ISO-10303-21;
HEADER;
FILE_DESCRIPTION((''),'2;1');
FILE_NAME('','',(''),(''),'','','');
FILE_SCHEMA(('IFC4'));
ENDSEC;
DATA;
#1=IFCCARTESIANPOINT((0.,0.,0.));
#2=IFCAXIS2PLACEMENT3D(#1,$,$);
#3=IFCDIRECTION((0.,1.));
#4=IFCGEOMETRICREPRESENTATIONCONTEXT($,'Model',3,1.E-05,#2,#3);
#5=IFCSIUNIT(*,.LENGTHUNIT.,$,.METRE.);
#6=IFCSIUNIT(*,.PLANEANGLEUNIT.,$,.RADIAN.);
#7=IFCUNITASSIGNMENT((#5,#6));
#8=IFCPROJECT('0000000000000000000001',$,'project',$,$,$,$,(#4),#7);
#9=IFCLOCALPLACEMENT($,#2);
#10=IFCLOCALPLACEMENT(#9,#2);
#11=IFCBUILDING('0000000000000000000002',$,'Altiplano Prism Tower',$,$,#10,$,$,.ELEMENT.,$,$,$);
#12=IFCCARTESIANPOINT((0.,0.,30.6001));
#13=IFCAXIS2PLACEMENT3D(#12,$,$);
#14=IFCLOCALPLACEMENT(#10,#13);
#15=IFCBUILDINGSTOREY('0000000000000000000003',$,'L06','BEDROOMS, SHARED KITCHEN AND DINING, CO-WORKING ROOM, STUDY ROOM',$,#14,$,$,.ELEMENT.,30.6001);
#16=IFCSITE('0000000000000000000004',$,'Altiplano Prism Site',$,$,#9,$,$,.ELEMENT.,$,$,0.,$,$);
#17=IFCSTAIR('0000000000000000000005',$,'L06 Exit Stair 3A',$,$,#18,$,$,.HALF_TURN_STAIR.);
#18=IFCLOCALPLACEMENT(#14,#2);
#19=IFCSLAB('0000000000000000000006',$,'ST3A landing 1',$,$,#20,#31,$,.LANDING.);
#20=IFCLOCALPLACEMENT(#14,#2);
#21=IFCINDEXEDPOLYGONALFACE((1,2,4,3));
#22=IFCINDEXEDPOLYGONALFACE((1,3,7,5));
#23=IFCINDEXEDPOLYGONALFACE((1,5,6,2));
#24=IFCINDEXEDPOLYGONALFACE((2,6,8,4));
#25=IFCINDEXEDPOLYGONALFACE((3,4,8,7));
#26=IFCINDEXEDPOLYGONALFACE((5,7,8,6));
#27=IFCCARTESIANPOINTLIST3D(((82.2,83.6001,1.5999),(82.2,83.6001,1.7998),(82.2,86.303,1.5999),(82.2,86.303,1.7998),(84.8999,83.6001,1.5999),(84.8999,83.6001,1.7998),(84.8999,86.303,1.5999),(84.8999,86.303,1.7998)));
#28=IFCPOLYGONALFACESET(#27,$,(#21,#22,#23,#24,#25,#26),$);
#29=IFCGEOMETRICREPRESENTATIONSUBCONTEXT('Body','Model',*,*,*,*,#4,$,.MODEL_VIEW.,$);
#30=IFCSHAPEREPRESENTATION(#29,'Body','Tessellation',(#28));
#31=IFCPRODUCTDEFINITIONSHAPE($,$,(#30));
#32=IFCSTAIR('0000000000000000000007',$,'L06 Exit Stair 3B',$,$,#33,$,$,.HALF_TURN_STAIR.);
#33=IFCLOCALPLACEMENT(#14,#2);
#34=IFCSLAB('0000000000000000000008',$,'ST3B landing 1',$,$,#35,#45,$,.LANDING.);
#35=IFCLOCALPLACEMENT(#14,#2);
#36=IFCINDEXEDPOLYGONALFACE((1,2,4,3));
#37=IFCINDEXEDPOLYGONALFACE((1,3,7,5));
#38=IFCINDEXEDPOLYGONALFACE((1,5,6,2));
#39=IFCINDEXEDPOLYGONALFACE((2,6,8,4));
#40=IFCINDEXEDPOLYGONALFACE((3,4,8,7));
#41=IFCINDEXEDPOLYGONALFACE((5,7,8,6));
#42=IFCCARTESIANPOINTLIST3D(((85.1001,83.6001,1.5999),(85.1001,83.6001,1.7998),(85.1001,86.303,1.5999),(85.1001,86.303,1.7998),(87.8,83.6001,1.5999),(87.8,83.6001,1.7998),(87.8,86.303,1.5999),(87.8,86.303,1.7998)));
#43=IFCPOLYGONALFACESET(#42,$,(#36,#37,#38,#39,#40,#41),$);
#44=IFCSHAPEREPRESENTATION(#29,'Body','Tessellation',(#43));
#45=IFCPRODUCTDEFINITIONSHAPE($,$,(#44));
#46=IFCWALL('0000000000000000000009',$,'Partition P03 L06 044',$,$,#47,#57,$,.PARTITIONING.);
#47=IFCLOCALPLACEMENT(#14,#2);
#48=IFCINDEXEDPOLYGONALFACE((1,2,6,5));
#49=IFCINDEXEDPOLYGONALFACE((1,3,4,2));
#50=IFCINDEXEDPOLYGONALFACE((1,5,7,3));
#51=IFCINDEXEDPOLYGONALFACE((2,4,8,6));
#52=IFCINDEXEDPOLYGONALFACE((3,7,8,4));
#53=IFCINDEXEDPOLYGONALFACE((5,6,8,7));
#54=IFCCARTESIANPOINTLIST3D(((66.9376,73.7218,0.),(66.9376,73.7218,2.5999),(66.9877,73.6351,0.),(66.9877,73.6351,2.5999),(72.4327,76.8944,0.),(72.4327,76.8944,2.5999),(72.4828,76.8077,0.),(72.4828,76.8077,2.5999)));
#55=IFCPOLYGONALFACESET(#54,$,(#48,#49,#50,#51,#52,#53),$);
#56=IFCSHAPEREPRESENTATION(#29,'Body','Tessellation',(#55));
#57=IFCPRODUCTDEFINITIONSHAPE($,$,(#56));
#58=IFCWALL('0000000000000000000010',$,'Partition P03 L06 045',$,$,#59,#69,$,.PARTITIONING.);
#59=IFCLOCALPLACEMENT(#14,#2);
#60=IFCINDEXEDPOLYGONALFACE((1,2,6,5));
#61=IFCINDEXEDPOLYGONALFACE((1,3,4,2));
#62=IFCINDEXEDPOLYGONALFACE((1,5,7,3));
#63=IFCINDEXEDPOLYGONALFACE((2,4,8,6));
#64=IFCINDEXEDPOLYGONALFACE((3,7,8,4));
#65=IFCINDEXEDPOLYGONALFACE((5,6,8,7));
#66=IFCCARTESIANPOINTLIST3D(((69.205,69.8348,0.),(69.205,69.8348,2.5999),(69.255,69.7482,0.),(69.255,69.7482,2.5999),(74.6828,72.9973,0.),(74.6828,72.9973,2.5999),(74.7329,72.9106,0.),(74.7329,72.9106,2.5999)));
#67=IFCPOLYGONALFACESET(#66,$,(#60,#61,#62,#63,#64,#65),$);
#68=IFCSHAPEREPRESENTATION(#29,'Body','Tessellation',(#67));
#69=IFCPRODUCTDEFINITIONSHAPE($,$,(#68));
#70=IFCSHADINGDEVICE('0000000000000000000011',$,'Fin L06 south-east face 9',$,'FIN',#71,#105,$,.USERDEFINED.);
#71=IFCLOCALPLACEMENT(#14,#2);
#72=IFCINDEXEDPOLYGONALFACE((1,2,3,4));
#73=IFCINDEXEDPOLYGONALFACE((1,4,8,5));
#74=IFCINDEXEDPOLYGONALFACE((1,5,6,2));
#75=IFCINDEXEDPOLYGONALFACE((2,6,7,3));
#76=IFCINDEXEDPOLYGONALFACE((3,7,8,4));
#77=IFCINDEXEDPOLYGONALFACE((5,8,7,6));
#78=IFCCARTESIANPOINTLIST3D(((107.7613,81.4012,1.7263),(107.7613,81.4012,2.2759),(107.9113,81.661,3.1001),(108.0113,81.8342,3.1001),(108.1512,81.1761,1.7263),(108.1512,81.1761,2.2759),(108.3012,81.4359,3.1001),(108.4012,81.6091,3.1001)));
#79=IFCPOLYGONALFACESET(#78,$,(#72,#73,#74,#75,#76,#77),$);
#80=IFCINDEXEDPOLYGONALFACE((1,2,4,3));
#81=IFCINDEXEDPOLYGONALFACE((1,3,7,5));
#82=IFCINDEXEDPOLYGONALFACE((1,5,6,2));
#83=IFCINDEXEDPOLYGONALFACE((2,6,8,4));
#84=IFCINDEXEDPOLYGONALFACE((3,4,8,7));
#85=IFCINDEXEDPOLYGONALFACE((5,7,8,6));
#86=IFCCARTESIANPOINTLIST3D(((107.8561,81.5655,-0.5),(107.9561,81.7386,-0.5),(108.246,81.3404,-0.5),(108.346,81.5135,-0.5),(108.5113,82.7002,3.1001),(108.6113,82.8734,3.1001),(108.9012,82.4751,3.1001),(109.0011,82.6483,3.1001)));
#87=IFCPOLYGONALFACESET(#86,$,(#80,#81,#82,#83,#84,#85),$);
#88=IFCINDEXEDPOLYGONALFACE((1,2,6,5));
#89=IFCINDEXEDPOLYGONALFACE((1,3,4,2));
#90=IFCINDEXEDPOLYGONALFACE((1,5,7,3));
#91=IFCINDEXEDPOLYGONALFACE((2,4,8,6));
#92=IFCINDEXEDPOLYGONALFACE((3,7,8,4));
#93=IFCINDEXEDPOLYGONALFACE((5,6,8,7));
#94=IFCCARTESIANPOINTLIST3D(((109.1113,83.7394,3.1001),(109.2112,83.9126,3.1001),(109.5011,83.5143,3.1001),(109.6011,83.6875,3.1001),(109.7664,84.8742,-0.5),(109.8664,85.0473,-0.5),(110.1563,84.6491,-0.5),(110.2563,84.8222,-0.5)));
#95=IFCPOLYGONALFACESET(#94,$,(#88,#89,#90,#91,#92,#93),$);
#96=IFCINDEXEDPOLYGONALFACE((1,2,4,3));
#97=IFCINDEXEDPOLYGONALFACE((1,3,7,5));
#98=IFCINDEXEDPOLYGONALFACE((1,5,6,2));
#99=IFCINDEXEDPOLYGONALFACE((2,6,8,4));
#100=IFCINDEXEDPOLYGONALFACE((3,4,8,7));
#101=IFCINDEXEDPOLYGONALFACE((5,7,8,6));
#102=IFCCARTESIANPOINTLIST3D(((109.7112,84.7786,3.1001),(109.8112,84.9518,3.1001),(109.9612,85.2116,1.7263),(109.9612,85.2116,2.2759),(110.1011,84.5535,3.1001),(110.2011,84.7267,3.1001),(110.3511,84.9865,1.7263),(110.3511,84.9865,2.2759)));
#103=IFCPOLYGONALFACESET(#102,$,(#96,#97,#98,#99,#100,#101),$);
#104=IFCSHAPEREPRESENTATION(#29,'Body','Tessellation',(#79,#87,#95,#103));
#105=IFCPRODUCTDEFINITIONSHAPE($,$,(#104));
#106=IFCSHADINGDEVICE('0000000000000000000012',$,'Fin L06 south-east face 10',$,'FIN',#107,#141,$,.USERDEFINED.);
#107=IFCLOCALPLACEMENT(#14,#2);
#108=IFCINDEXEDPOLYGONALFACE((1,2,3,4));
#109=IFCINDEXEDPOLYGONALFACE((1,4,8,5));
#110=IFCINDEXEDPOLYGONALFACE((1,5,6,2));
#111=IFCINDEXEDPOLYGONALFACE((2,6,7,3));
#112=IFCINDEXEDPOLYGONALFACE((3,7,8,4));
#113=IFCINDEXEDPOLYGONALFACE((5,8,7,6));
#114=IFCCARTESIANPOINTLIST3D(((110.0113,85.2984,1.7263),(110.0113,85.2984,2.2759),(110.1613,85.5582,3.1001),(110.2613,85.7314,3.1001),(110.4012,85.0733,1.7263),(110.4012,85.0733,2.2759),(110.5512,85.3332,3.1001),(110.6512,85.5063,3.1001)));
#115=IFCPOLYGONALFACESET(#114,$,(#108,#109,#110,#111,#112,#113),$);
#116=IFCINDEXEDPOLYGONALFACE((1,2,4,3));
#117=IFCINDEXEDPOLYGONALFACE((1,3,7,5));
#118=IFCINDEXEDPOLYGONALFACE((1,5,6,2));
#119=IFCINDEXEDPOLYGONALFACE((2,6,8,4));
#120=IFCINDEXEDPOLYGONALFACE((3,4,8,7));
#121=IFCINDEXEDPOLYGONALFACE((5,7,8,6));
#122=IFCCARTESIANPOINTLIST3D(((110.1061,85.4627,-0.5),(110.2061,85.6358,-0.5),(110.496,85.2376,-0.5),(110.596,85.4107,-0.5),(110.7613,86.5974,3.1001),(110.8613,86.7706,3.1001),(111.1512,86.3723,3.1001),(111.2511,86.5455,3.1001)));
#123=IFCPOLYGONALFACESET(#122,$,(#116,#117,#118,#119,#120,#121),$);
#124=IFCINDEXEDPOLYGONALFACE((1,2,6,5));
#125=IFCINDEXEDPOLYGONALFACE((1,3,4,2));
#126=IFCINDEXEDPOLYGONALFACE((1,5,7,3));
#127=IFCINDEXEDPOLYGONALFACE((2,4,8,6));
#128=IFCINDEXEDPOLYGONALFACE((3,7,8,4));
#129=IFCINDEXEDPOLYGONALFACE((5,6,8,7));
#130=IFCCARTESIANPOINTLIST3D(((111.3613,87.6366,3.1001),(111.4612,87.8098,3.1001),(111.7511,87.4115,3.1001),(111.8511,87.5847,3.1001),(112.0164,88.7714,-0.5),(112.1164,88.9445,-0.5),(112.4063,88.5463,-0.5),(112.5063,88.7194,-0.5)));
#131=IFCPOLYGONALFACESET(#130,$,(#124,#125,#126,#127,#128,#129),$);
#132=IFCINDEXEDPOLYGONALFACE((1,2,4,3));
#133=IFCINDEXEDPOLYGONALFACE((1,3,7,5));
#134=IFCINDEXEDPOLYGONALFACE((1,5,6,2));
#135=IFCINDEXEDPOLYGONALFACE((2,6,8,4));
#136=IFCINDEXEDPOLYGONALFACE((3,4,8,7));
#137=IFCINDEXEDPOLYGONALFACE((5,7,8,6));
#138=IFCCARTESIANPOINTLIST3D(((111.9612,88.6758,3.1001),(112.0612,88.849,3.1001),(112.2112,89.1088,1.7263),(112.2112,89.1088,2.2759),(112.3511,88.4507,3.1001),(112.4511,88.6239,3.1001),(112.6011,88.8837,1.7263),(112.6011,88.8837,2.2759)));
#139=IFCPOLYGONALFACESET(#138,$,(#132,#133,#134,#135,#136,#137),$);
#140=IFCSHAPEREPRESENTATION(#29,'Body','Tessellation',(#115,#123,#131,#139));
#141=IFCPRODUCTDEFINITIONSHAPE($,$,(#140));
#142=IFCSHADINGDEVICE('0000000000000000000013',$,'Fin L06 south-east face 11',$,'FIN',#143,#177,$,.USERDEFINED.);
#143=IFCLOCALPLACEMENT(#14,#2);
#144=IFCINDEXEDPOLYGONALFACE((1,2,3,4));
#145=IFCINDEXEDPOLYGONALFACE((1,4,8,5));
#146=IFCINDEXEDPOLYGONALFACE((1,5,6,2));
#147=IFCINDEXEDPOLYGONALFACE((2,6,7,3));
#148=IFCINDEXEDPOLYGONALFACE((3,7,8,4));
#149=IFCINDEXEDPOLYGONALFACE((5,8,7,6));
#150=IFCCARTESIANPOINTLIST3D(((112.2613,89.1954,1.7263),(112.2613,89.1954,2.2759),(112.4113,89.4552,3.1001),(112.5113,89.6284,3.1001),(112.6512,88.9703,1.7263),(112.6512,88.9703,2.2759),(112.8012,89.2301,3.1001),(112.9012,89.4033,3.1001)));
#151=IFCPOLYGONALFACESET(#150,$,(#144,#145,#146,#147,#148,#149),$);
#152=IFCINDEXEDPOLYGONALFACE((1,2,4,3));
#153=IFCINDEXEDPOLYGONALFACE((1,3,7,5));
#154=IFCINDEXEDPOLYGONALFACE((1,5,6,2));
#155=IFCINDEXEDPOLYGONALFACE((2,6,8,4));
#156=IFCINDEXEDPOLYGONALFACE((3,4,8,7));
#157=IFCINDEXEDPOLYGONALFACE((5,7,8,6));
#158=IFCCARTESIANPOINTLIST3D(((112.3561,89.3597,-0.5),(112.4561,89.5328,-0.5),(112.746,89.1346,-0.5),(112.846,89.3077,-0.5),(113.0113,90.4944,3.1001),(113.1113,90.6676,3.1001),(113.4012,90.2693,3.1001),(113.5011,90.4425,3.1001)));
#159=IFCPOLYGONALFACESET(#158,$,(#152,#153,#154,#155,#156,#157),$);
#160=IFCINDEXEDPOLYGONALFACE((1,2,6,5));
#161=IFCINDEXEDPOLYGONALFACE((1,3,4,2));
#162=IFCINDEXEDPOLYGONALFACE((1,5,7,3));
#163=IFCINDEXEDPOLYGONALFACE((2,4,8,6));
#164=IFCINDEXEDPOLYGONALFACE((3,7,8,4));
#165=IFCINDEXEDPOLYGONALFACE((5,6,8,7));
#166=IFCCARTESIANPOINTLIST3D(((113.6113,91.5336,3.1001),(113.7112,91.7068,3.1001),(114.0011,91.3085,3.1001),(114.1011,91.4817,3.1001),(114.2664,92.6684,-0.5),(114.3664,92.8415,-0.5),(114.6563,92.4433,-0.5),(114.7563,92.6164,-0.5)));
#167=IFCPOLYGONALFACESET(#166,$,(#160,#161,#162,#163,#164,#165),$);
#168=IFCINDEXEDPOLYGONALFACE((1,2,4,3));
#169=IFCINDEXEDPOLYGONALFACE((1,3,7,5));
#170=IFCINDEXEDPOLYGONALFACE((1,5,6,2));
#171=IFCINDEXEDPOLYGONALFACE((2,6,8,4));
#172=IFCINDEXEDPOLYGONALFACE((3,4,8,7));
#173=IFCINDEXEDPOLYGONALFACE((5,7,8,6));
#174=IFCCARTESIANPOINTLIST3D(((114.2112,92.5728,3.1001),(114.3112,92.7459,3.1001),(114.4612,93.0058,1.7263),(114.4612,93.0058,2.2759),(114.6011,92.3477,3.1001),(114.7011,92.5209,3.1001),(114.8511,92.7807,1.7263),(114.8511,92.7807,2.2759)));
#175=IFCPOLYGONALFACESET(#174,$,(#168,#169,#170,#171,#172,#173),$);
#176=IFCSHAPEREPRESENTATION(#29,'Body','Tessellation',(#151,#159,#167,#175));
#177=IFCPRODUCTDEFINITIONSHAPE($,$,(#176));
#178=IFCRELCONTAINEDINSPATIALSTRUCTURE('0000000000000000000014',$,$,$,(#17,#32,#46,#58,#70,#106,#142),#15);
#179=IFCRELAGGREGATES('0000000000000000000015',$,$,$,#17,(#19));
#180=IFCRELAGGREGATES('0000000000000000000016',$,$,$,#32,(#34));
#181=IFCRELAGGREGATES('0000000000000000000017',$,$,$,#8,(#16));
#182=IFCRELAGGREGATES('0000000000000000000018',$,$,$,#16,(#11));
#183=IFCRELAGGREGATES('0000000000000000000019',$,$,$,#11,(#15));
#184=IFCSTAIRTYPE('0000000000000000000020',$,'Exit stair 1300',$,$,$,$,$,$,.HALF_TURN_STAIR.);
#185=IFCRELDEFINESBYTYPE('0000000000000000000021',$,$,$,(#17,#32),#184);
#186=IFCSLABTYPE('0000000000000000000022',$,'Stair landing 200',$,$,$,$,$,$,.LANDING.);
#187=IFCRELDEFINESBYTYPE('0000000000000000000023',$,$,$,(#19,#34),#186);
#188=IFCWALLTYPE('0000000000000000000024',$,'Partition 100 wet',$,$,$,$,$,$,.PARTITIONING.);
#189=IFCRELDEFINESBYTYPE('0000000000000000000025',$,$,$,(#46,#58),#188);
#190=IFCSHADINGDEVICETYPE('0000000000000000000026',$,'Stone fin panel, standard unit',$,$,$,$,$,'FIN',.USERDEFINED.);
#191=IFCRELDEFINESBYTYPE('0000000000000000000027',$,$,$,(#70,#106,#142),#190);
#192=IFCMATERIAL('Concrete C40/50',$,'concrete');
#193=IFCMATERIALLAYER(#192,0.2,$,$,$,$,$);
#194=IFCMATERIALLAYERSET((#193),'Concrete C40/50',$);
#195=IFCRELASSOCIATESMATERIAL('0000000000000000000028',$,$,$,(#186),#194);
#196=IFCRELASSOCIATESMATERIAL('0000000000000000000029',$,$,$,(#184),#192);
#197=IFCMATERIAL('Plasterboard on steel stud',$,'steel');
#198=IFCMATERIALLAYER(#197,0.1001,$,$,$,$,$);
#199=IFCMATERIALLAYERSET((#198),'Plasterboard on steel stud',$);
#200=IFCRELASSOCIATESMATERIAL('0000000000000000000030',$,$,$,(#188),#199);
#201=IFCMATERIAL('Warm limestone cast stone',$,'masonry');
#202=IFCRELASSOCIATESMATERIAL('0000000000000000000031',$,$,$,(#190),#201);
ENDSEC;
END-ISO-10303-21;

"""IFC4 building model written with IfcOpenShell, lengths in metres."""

from ifc_helpers import new_model, si_unit, direction, frame, frame_2d, origin, place, context, subcontext, project, spatial, polyline, rectangle, outline, extrude, source, transform, mapped, material, layer, layer_set, type_object, element, aggregate, save


model = new_model("IFC4")

# Units and contexts
model_context = context("Model", 3, precision=1e-05, world=origin(), true_north=direction((0.0, 1.0)))
body_context = subcontext(model_context, "Body", "Model", "MODEL_VIEW")
ifc_project = project(units=[si_unit("LENGTHUNIT", "METRE"), si_unit("PLANEANGLEUNIT", "RADIAN")], contexts=[model_context])

# Site, building, storey
site_placement = place(None, origin())
site = spatial("IfcSite", under=ifc_project, at=site_placement, Name="Altiplano Prism Site", CompositionType="ELEMENT", RefElevation=0.0)
building_placement = place(site_placement, origin())
building = spatial("IfcBuilding", under=site, at=building_placement, Name="Altiplano Prism Tower", CompositionType="ELEMENT")
storey_placement = place(building_placement, frame((0.0, 0.0, 30.6001)))
storey = spatial("IfcBuildingStorey", under=building, at=storey_placement, Name="L06", Description="BEDROOMS, SHARED KITCHEN AND DINING, CO-WORKING ROOM, STUDY ROOM", CompositionType="ELEMENT", Elevation=30.6001)

# Shared definitions
ifc_material_1 = material(Name="Concrete C40/50", Category="concrete")

# Stairs, slabs
ifc_layer_1 = layer(ifc_material_1, 0.2)
ifc_layer_set_1 = layer_set([ifc_layer_1], Name="Concrete C40/50")
slab_type_1 = type_object("IfcSlabType", Name="Stair landing 200", PredefinedType="LANDING", material=ifc_layer_set_1)
stair_type_1 = type_object("IfcStairType", Name="Exit stair 1300", PredefinedType="HALF_TURN_STAIR", material=ifc_material_1)
stair_1_placement = place(storey_placement, origin())
stair_1 = element("IfcStair", 1, at=stair_1_placement, inside=storey, type_object=stair_type_1, Name="L06 Exit Stair 3A", PredefinedType="HALF_TURN_STAIR")
slab_1_placement = place(storey_placement, frame((0.0, 0.0, 1.5999)))
slab_1 = element("IfcSlab", 2, at=slab_1_placement, type_object=slab_type_1, Name="ST3A landing 1", PredefinedType="LANDING", context=body_context, shape_type="SweptSolid", body=[
    extrude(outline(polyline([(82.2, 86.303), (82.2, 83.6001), (84.8999, 83.6001), (84.8999, 86.303), (82.2, 86.303)])), origin(), (0.0, 0.0, 1.0), 0.2),
])
aggregate(stair_1, [slab_1])
stair_2_placement = place(storey_placement, origin())
stair_2 = element("IfcStair", 3, at=stair_2_placement, inside=storey, type_object=stair_type_1, Name="L06 Exit Stair 3B", PredefinedType="HALF_TURN_STAIR")
slab_2_placement = place(storey_placement, frame((0.0, 0.0, 1.5999)))
slab_2 = element("IfcSlab", 4, at=slab_2_placement, type_object=slab_type_1, Name="ST3B landing 1", PredefinedType="LANDING", context=body_context, shape_type="SweptSolid", body=[
    extrude(outline(polyline([(85.1001, 86.303), (85.1001, 83.6001), (87.8, 83.6001), (87.8, 86.303), (85.1001, 86.303)])), origin(), (0.0, 0.0, 1.0), 0.2),
])
aggregate(stair_2, [slab_2])

# Walls
ifc_material_2 = material(Name="Plasterboard on steel stud", Category="steel")
ifc_layer_2 = layer(ifc_material_2, 0.1001)
ifc_layer_set_2 = layer_set([ifc_layer_2], Name="Plasterboard on steel stud")
wall_type = type_object("IfcWallType", Name="Partition 100 wet", PredefinedType="PARTITIONING", material=ifc_layer_set_2)
wall_1_placement = place(storey_placement, frame((66.9626, 73.6785, 0.0), z_axis=(0.0, 0.0, 1.0), x_axis=(0.866025, 0.5, 0.0)))
element("IfcWall", 5, at=wall_1_placement, inside=storey, type_object=wall_type, Name="Partition P03 L06 044", PredefinedType="PARTITIONING", context=body_context, shape_type="SweptSolid", body=[
    extrude(rectangle(XDim=6.3452, YDim=0.1001, at=frame_2d((3.1726, 0.0))), origin(), (0.0, 0.0, 1.0), 2.5999),
])
wall_2_placement = place(storey_placement, frame((69.23, 69.7915, 0.0), z_axis=(0.0, 0.0, 1.0), x_axis=(0.866042, 0.499971, 0.0)))
element("IfcWall", 6, at=wall_2_placement, inside=storey, type_object=wall_type, Name="Partition P03 L06 045", PredefinedType="PARTITIONING", context=body_context, shape_type="SweptSolid", body=[
    extrude(rectangle(XDim=6.3252, YDim=0.1001, at=frame_2d((3.1626, 0.0))), origin(), (0.0, 0.0, 1.0), 2.5999),
])

# Shading devices
ifc_material_3 = material(Name="Warm limestone cast stone", Category="masonry")
shading_device_type_1 = type_object("IfcShadingDeviceType", Name="Stone fin panel, standard unit", ElementType="FIN", PredefinedType="USERDEFINED", material=ifc_material_3)
shared_shape_1 = source(origin(), body_context, "Body", "SweptSolid", [
    extrude(outline(polyline([(-2.2, 2.2263), (-1.7, 3.6001), (-1.8999, 3.6001), (-2.2, 2.7759), (-2.2, 2.2263)])), frame((0.0, -0.1499, 0.0), z_axis=(0.0, -1.0, 0.0), x_axis=(1.0, 0.0, 0.0)), (0.0, 0.0, 1.0), 0.4502),
    extrude(outline(polyline([(-2.0103, 0.0), (-1.8103, 0.0), (-0.5, 3.6001), (-0.7, 3.6001), (-2.0103, 0.0)])), frame((0.0, -0.1499, 0.0), z_axis=(0.0, -1.0, 0.0), x_axis=(1.0, 0.0, 0.0)), (0.0, 0.0, 1.0), 0.4502),
    extrude(outline(polyline([(1.8103, 0.0), (2.0103, 0.0), (0.7, 3.6001), (0.5, 3.6001), (1.8103, 0.0)])), frame((0.0, -0.1499, 0.0), z_axis=(0.0, -1.0, 0.0), x_axis=(1.0, 0.0, 0.0)), (0.0, 0.0, 1.0), 0.4502),
    extrude(outline(polyline([(2.2, 2.7759), (1.8999, 3.6001), (1.7, 3.6001), (2.2, 2.2263), (2.2, 2.7759)])), frame((0.0, -0.1499, 0.0), z_axis=(0.0, -1.0, 0.0), x_axis=(1.0, 0.0, 0.0)), (0.0, 0.0, 1.0), 0.4502),
])
shading_device_1_placement = place(storey_placement, origin())
element("IfcShadingDevice", 7, at=shading_device_1_placement, inside=storey, type_object=shading_device_type_1, Name="Fin L06 south-east face 9", ObjectType="FIN", PredefinedType="USERDEFINED", context=body_context, shape_type="MappedRepresentation", body=[
    mapped(shared_shape_1, transform((108.7314, 83.3813, -0.5), x_axis=(0.5, 0.866025, 0.0), y_axis=(-0.866025, 0.5, 0.0), z_axis=(0.0, 0.0, 1.0))),
])
shading_device_2_placement = place(storey_placement, origin())
element("IfcShadingDevice", 8, at=shading_device_2_placement, inside=storey, type_object=shading_device_type_1, Name="Fin L06 south-east face 10", ObjectType="FIN", PredefinedType="USERDEFINED", context=body_context, shape_type="MappedRepresentation", body=[
    mapped(shared_shape_1, transform((110.9814, 87.2786, -0.5), x_axis=(0.5, 0.866025, 0.0), y_axis=(-0.866025, 0.5, 0.0), z_axis=(0.0, 0.0, 1.0))),
])
shading_device_3_placement = place(storey_placement, origin())
element("IfcShadingDevice", 9, at=shading_device_3_placement, inside=storey, type_object=shading_device_type_1, Name="Fin L06 south-east face 11", ObjectType="FIN", PredefinedType="USERDEFINED", context=body_context, shape_type="MappedRepresentation", body=[
    mapped(shared_shape_1, transform((113.2314, 91.1755, -0.5), x_axis=(0.5, 0.866025, 0.0), y_axis=(-0.866025, 0.5, 0.0), z_axis=(0.0, 0.0, 1.0))),
])

save(model, "model.ifc")
